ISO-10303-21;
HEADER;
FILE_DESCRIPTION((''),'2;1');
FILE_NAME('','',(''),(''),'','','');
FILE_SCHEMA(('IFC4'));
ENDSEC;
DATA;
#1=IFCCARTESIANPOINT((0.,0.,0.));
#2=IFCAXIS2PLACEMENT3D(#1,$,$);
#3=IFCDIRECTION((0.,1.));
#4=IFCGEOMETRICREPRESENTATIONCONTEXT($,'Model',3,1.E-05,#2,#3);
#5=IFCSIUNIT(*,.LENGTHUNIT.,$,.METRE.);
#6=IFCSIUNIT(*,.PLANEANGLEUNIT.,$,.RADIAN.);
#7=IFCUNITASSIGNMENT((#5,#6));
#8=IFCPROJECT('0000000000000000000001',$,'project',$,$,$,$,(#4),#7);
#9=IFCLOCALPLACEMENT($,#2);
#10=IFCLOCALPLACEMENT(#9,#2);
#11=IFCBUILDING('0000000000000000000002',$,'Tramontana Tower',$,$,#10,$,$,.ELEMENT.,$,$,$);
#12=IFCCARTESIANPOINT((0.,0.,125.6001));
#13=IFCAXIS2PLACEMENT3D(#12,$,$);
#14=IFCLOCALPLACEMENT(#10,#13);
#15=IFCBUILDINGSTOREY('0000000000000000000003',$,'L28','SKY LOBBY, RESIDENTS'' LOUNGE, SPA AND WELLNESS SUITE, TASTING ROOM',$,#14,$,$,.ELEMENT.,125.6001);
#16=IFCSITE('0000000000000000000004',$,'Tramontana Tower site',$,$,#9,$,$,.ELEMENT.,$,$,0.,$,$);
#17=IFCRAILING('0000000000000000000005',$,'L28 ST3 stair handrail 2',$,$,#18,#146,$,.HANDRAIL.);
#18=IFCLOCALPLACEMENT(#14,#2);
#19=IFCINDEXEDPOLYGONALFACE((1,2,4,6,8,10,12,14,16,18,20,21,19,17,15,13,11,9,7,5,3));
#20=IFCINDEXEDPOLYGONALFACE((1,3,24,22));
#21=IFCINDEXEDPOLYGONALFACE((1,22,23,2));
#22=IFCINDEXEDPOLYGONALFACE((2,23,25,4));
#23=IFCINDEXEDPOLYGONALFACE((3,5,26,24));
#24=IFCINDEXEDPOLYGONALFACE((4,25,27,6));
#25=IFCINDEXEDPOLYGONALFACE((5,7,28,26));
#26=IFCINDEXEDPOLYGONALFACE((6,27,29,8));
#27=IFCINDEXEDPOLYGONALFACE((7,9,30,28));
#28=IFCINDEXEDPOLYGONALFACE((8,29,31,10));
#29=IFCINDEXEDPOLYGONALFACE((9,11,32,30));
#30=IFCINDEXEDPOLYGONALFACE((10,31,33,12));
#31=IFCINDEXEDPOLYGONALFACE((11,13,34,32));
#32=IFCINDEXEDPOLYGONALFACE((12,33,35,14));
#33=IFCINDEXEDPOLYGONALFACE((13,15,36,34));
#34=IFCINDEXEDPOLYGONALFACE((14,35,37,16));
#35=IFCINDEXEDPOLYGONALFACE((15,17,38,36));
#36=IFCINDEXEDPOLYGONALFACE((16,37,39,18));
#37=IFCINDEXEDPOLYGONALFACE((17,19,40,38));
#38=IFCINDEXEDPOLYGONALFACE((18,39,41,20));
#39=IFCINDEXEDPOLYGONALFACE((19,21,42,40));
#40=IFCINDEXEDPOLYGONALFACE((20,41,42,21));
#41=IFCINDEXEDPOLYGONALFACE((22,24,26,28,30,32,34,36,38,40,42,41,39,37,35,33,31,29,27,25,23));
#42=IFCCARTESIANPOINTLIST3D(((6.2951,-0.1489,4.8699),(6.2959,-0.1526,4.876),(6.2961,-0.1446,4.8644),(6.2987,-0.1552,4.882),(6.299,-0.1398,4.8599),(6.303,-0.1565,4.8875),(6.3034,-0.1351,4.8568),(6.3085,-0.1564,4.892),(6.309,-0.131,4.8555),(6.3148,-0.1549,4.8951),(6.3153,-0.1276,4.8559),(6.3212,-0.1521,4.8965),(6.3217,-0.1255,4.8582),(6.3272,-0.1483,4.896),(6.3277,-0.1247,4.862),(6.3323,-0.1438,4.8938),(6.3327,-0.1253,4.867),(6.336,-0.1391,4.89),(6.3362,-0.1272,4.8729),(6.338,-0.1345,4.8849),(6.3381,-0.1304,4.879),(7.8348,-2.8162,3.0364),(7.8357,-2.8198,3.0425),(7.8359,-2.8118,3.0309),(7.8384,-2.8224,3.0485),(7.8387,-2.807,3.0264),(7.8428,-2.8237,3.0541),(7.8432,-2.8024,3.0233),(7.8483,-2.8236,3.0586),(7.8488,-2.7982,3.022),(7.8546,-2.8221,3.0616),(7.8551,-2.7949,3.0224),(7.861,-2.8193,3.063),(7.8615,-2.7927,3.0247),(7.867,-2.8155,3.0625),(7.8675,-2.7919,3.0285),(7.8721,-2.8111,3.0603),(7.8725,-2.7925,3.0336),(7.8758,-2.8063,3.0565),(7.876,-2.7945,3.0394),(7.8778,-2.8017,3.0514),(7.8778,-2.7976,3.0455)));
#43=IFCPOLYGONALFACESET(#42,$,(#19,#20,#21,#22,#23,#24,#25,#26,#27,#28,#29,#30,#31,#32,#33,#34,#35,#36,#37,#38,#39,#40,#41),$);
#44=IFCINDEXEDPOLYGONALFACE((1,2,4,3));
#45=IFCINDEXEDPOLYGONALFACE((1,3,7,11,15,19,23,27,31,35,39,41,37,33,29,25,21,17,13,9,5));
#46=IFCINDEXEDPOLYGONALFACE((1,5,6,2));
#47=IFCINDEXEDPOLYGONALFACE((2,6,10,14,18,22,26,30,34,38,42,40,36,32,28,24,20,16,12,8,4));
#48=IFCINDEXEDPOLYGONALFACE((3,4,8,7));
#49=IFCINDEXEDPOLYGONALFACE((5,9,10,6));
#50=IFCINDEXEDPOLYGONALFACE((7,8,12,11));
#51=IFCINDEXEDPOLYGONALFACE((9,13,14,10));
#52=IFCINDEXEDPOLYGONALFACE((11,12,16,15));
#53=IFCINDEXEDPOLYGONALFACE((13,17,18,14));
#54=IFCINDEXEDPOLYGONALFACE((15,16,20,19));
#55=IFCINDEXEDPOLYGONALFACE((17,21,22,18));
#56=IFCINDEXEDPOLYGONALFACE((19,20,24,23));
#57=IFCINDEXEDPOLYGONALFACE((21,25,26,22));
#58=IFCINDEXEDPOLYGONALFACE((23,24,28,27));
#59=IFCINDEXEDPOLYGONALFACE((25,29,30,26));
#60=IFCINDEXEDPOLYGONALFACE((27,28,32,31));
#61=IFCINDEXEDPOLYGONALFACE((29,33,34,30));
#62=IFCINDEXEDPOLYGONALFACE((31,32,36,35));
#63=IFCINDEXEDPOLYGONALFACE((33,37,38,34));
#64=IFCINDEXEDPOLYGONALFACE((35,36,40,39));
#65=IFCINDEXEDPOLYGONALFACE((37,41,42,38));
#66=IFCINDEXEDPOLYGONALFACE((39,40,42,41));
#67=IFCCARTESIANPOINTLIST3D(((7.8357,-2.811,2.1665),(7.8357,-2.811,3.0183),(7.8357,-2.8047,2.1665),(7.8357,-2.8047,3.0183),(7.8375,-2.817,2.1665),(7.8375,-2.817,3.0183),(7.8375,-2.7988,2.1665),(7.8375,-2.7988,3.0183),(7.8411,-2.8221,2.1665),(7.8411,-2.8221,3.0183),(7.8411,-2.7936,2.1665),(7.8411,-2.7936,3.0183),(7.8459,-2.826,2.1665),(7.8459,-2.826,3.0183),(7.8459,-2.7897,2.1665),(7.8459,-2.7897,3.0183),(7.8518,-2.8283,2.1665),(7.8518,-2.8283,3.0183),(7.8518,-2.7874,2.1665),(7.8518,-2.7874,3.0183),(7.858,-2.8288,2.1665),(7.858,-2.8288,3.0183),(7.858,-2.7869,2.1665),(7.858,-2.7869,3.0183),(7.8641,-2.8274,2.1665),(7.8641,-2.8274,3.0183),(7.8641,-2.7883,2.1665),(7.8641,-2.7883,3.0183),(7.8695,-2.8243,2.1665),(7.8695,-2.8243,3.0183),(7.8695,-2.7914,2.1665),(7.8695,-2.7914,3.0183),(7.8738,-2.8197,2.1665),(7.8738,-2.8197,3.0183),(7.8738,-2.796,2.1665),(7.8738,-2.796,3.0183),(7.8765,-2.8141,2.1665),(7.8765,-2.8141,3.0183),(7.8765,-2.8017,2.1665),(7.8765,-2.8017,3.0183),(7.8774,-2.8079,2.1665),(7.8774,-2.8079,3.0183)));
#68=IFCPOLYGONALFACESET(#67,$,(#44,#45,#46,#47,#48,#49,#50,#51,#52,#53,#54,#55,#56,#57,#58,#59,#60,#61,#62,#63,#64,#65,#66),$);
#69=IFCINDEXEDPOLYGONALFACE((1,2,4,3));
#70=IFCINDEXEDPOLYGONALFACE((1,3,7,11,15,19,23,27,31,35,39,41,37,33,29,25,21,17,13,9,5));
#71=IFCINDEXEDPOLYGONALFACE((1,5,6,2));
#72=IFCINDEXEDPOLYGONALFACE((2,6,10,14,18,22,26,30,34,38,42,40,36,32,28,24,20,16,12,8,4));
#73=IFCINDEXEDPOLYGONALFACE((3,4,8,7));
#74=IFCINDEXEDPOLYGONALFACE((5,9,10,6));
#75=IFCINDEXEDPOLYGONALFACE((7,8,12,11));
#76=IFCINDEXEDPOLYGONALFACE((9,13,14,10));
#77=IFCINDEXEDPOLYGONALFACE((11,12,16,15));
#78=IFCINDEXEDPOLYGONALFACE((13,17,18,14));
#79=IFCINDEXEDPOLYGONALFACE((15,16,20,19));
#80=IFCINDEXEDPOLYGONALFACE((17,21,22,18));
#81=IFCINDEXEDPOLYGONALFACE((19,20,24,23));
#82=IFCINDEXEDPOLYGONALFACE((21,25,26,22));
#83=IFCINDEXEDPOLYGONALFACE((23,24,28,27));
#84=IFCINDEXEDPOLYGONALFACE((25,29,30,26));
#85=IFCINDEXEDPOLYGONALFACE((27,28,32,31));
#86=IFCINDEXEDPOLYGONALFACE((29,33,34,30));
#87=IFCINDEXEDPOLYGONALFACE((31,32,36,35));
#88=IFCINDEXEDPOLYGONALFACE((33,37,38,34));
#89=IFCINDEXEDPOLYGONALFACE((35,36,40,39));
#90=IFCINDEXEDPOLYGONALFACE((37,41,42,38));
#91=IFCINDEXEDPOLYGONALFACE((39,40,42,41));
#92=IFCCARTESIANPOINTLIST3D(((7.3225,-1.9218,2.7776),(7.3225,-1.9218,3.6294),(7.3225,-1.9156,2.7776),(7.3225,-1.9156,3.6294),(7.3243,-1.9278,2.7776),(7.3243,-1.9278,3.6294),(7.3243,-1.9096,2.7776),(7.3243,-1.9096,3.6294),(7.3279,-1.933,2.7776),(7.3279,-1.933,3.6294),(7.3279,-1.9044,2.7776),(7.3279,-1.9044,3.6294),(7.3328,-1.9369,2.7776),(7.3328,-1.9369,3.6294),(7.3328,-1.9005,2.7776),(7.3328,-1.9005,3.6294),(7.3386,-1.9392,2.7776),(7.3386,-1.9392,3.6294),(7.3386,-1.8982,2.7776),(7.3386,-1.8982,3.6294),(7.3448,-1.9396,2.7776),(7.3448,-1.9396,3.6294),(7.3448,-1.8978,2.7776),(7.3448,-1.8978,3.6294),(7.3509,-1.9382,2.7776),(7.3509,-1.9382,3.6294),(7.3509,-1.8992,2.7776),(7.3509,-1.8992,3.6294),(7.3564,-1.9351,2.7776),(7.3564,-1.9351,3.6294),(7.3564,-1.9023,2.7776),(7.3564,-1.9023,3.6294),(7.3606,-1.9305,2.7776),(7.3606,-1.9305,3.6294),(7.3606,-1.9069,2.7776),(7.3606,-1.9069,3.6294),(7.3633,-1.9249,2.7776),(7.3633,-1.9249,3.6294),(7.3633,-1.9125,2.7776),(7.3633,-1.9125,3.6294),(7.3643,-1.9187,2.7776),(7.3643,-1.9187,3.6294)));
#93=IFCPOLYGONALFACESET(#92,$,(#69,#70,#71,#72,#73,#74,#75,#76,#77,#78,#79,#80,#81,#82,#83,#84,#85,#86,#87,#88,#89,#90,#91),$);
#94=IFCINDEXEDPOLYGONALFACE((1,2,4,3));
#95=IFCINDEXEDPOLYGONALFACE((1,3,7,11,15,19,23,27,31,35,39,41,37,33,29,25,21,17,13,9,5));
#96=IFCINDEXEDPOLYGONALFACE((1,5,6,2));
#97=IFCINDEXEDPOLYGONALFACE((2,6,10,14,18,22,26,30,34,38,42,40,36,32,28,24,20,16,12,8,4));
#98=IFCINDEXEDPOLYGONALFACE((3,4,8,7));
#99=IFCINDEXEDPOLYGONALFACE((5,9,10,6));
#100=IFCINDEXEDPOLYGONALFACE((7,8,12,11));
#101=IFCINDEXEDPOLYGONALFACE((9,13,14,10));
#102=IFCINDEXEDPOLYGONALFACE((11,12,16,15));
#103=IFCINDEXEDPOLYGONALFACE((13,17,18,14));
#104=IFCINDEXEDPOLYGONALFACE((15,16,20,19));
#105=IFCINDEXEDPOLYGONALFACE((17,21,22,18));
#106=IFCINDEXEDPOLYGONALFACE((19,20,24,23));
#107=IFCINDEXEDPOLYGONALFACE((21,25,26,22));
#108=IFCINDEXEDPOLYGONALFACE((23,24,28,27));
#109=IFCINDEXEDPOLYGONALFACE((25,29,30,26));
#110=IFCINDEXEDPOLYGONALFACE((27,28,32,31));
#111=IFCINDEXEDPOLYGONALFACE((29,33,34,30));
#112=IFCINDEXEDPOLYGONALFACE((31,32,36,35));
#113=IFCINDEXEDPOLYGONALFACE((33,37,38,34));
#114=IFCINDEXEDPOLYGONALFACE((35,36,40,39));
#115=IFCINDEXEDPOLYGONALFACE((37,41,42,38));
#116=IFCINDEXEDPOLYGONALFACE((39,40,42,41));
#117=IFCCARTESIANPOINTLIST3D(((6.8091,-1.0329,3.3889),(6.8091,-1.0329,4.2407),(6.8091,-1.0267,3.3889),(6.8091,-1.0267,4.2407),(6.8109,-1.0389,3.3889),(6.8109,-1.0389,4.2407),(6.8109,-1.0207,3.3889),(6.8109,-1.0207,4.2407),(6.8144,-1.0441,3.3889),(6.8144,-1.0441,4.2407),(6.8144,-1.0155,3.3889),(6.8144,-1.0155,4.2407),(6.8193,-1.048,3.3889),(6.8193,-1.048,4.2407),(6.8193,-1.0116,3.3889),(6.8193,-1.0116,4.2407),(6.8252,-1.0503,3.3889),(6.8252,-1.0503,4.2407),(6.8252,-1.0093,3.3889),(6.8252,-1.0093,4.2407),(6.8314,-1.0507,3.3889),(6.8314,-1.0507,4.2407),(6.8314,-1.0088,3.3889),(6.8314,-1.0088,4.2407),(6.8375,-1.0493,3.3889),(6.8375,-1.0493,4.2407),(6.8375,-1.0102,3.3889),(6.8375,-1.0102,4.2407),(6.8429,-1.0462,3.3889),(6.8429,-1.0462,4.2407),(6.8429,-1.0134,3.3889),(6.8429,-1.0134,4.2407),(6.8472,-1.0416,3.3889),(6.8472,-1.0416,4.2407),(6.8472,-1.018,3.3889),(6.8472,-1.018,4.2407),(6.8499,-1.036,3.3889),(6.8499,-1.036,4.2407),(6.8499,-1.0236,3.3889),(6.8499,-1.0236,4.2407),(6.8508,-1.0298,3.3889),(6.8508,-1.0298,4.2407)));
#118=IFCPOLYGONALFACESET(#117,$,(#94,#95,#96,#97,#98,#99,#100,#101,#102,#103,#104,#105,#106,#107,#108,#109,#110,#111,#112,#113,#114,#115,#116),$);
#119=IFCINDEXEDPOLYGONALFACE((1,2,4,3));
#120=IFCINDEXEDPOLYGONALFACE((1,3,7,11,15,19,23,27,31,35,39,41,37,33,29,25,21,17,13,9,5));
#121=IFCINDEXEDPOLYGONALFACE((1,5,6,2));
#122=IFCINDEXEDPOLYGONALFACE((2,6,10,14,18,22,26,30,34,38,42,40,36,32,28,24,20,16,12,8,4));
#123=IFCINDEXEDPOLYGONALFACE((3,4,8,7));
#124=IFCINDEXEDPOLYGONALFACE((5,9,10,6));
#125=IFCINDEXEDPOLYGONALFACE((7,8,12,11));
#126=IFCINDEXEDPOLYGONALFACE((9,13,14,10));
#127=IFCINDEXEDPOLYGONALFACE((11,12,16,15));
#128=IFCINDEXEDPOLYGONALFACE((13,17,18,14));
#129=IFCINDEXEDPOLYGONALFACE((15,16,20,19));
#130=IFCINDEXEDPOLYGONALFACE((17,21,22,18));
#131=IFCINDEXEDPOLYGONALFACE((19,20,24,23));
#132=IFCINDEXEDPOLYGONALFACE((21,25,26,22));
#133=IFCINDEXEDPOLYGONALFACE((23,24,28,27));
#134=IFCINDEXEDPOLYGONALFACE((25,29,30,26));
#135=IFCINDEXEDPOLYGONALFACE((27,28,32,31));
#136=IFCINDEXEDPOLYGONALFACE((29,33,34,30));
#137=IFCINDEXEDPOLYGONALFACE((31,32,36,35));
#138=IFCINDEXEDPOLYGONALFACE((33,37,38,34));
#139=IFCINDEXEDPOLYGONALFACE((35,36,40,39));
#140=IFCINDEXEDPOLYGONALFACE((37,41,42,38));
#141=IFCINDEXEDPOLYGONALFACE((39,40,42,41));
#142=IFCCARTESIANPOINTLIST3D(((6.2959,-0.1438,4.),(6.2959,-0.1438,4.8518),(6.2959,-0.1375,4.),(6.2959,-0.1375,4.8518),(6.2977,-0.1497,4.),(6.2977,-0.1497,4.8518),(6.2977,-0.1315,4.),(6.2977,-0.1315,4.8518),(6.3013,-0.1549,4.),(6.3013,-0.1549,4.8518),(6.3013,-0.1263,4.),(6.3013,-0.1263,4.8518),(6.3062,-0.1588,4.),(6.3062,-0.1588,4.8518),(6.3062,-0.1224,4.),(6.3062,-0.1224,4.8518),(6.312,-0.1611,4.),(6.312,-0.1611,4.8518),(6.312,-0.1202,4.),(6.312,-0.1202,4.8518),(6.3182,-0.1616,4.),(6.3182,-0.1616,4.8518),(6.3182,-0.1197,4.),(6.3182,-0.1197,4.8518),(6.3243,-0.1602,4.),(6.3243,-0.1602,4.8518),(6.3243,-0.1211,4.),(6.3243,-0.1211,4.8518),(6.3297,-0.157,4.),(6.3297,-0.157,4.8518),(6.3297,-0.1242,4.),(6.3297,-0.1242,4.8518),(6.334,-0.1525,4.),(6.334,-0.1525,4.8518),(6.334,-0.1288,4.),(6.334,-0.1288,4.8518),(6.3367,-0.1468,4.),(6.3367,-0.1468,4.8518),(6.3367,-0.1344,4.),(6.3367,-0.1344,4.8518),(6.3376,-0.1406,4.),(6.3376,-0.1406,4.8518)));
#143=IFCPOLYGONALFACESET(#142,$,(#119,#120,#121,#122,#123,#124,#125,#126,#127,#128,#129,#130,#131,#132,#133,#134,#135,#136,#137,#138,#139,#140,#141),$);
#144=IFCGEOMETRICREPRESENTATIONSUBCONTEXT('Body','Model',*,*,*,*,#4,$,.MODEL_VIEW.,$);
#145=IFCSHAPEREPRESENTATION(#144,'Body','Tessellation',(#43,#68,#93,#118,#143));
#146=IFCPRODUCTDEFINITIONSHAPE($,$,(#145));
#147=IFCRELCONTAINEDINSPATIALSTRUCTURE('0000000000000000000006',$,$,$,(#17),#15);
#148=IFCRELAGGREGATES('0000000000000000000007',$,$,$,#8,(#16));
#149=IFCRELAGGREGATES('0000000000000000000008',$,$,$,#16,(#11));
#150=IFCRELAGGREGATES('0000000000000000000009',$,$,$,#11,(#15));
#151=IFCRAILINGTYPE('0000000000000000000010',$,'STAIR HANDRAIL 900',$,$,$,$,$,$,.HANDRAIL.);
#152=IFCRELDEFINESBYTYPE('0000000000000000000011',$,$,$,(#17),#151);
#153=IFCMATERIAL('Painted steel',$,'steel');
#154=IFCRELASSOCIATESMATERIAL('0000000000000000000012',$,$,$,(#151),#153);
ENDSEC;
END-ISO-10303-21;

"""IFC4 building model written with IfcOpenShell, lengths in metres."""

from ifc_helpers import new_model, si_unit, direction, frame, origin, origin_2d, place, context, subcontext, project, spatial, circle, extrude, material, type_object, element, save


model = new_model("IFC4")

# Units and contexts
model_context = context("Model", 3, precision=1e-05, world=origin(), true_north=direction((0.0, 1.0)))
body_context = subcontext(model_context, "Body", "Model", "MODEL_VIEW")
ifc_project = project(units=[si_unit("LENGTHUNIT", "METRE"), si_unit("PLANEANGLEUNIT", "RADIAN")], contexts=[model_context])

# Site, building, storey
site_placement = place(None, origin())
site = spatial("IfcSite", under=ifc_project, at=site_placement, Name="Tramontana Tower site", CompositionType="ELEMENT", RefElevation=0.0)
building_placement = place(site_placement, origin())
building = spatial("IfcBuilding", under=site, at=building_placement, Name="Tramontana Tower", CompositionType="ELEMENT")
storey_placement = place(building_placement, frame((0.0, 0.0, 125.6001)))
storey = spatial("IfcBuildingStorey", under=building, at=storey_placement, Name="L28", Description="SKY LOBBY, RESIDENTS' LOUNGE, SPA AND WELLNESS SUITE, TASTING ROOM", CompositionType="ELEMENT", Elevation=125.6001)

# Railing
ifc_material_1 = material(Name="Painted steel", Category="steel")
railing_type_1 = type_object("IfcRailingType", Name="STAIR HANDRAIL 900", PredefinedType="HANDRAIL", material=ifc_material_1)
railing_1_placement = place(storey_placement, frame((7.8564, -2.8079, 2.1665)))
element("IfcRailing", 1, at=railing_1_placement, inside=storey, type_object=railing_type_1, Name="L28 ST3 stair handrail 2", PredefinedType="HANDRAIL", context=body_context, shape_type="SweptSolid", body=[
    extrude(circle(Radius=0.0239, at=origin_2d()), frame((0.0, 0.0, 0.876), z_axis=(-0.429601, 0.744155, 0.511543), x_axis=(-0.866044, -0.499967, 0.0)), (0.0, 0.0, 1.0), 3.5842),
    extrude(circle(Radius=0.021, at=origin_2d()), origin(), (0.0, 0.0, 1.0), 0.8518),
    extrude(circle(Radius=0.021, at=origin_2d()), frame((-0.5132, 0.8892, 0.6111)), (0.0, 0.0, 1.0), 0.8518),
    extrude(circle(Radius=0.021, at=origin_2d()), frame((-1.0266, 1.7781, 1.2224)), (0.0, 0.0, 1.0), 0.8518),
    extrude(circle(Radius=0.021, at=origin_2d()), frame((-1.5398, 2.6672, 1.8335)), (0.0, 0.0, 1.0), 0.8518),
])

save(model, "model.ifc")
